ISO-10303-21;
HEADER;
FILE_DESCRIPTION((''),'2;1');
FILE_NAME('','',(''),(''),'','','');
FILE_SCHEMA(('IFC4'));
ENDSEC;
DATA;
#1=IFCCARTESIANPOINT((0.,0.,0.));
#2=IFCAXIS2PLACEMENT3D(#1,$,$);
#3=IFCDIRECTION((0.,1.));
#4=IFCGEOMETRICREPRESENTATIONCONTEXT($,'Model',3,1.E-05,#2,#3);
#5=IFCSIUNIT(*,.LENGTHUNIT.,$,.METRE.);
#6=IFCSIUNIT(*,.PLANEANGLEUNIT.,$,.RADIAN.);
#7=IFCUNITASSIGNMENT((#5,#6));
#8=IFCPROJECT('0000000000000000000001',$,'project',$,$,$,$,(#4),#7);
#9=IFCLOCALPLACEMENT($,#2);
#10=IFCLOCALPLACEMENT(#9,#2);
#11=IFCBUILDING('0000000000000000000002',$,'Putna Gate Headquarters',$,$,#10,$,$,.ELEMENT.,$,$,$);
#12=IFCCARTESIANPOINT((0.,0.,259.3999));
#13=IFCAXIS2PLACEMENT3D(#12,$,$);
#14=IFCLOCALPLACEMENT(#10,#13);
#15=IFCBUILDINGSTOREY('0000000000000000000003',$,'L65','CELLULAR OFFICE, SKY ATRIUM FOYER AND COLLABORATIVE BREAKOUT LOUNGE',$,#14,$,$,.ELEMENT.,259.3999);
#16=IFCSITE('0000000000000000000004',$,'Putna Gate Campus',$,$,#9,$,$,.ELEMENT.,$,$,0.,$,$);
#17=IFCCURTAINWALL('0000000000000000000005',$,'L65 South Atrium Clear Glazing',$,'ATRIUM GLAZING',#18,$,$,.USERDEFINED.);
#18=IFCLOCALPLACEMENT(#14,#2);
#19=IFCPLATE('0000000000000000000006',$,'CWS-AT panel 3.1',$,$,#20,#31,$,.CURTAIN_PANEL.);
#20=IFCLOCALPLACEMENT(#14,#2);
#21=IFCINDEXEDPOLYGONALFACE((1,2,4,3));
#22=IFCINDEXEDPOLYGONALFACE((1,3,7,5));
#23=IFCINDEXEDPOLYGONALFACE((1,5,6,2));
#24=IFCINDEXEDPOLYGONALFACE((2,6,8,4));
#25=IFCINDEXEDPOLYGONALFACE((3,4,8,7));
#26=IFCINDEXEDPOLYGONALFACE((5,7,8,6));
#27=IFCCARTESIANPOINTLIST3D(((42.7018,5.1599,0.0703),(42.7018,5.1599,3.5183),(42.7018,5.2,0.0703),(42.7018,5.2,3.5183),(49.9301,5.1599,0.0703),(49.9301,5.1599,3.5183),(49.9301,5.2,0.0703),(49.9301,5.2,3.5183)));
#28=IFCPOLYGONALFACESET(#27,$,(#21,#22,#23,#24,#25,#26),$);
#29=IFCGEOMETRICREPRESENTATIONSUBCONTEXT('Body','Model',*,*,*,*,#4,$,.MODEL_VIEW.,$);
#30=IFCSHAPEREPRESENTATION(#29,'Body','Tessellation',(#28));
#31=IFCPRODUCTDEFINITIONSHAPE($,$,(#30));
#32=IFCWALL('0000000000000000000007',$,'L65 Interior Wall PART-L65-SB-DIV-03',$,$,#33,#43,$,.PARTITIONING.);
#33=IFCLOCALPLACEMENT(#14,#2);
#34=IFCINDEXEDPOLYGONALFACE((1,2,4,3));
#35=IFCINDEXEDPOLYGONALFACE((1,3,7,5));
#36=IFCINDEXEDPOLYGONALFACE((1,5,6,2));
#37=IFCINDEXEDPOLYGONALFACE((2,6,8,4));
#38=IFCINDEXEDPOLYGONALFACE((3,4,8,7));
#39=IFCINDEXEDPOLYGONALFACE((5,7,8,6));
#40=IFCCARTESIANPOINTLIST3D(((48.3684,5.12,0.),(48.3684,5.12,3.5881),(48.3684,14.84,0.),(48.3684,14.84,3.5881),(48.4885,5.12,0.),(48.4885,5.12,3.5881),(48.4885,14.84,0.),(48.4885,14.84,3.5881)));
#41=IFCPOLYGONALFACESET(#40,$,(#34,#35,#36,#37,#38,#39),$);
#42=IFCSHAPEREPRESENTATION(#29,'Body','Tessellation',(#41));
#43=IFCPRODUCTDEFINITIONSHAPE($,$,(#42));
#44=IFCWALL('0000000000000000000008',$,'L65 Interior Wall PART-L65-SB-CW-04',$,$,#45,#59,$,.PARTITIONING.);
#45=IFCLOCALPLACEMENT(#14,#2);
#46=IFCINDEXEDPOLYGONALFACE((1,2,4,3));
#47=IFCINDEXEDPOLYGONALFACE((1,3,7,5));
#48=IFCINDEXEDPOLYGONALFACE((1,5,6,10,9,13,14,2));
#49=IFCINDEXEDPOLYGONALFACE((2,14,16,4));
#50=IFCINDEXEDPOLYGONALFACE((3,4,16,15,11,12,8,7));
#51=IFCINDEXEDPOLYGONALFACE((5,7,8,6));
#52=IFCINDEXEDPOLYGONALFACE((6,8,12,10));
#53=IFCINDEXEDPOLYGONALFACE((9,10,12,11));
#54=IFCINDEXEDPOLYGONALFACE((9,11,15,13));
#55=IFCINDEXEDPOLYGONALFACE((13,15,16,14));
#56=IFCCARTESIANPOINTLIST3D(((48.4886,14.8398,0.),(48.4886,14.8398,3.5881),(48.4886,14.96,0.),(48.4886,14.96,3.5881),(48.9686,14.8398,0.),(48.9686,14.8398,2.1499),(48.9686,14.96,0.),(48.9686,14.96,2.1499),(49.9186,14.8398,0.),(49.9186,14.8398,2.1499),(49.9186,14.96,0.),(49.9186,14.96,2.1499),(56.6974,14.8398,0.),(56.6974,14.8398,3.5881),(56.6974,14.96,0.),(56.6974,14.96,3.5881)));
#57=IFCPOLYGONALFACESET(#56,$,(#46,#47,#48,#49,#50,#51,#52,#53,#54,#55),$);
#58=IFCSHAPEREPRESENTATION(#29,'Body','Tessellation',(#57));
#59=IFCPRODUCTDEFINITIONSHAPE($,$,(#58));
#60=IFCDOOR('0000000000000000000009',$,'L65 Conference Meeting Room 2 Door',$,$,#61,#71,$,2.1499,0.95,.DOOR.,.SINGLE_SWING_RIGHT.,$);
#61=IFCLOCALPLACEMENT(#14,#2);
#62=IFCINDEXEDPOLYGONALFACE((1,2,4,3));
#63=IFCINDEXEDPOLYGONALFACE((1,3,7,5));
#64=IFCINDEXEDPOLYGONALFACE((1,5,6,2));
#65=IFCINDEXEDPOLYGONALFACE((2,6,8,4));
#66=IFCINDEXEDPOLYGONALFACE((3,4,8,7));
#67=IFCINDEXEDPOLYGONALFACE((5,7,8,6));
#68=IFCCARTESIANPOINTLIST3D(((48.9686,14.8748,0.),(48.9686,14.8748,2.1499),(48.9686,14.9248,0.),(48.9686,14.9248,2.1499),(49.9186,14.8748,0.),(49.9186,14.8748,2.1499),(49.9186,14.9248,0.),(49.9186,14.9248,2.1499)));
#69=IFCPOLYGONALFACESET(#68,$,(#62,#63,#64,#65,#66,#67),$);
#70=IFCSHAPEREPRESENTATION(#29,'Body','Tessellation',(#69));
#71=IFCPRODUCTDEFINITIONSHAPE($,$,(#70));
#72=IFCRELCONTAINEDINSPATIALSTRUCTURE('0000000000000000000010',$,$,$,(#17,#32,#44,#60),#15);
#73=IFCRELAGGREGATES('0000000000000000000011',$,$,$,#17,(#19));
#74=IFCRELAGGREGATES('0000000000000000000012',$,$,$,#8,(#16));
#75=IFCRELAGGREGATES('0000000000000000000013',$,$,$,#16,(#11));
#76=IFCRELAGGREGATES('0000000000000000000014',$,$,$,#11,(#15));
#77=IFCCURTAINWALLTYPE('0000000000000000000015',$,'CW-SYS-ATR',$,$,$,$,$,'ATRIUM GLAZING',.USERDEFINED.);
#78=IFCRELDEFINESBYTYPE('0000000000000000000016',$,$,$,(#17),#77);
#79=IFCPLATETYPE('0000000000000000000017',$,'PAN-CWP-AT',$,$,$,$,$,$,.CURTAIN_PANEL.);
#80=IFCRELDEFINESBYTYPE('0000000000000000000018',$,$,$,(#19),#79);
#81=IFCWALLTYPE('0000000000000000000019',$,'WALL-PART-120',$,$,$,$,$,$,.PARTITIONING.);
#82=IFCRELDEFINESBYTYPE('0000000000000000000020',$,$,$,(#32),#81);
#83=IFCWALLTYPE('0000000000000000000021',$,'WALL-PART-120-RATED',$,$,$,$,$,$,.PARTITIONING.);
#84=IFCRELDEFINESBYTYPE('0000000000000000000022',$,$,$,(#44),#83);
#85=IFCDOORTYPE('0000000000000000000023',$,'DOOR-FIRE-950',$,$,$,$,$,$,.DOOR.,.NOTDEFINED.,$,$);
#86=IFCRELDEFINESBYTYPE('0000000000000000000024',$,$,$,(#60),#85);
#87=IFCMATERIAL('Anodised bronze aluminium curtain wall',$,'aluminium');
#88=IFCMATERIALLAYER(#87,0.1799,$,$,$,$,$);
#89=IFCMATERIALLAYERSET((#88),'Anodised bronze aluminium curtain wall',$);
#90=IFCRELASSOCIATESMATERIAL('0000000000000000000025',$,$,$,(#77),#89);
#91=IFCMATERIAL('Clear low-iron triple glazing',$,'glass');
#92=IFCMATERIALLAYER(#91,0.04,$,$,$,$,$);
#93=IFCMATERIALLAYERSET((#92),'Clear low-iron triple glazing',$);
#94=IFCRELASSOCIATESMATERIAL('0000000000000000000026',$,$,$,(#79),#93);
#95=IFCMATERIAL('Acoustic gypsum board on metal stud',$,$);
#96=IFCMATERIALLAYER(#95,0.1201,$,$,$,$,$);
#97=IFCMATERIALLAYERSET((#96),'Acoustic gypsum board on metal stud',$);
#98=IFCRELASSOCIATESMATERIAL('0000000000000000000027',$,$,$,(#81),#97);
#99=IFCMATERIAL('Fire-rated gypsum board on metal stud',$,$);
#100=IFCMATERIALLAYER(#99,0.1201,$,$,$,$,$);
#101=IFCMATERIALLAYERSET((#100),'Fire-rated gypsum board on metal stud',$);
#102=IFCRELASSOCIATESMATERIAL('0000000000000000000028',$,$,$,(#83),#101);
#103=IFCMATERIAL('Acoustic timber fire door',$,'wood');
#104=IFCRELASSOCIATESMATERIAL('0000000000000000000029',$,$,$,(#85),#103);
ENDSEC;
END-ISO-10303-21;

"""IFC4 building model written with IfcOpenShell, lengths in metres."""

from ifc_helpers import new_model, si_unit, direction, frame, frame_2d, origin, origin_2d, place, context, subcontext, project, spatial, rectangle, extrude, material, layer, layer_set, type_object, element, fill, aggregate, save


model = new_model("IFC4")

# Units and contexts
model_context = context("Model", 3, precision=1e-05, world=origin(), true_north=direction((0.0, 1.0)))
body_context = subcontext(model_context, "Body", "Model", "MODEL_VIEW")
ifc_project = project(units=[si_unit("LENGTHUNIT", "METRE"), si_unit("PLANEANGLEUNIT", "RADIAN")], contexts=[model_context])

# Site, building, storey
site_placement = place(None, origin())
site = spatial("IfcSite", under=ifc_project, at=site_placement, Name="Putna Gate Campus", CompositionType="ELEMENT", RefElevation=0.0)
building_placement = place(site_placement, origin())
building = spatial("IfcBuilding", under=site, at=building_placement, Name="Putna Gate Headquarters", CompositionType="ELEMENT")
storey_placement = place(building_placement, frame((0.0, 0.0, 259.3999)))
storey = spatial("IfcBuildingStorey", under=building, at=storey_placement, Name="L65", Description="CELLULAR OFFICE, SKY ATRIUM FOYER AND COLLABORATIVE BREAKOUT LOUNGE", CompositionType="ELEMENT", Elevation=259.3999)

# Shared definitions
ifc_material_1 = material(Name="Anodised bronze aluminium curtain wall", Category="aluminium")

# Curtain wall
ifc_layer_1 = layer(ifc_material_1, 0.1799)
ifc_layer_set_1 = layer_set([ifc_layer_1], Name="Anodised bronze aluminium curtain wall")
curtain_wall_type_1 = type_object("IfcCurtainWallType", Name="CW-SYS-ATR", ElementType="ATRIUM GLAZING", PredefinedType="USERDEFINED", material=ifc_layer_set_1)
curtain_wall_1_placement = place(storey_placement, origin())
curtain_wall_1 = element("IfcCurtainWall", 1, at=curtain_wall_1_placement, inside=storey, type_object=curtain_wall_type_1, Name="L65 South Atrium Clear Glazing", ObjectType="ATRIUM GLAZING", PredefinedType="USERDEFINED")

# Plate
ifc_material_2 = material(Name="Clear low-iron triple glazing", Category="glass")
ifc_layer_2 = layer(ifc_material_2, 0.04)
ifc_layer_set_2 = layer_set([ifc_layer_2], Name="Clear low-iron triple glazing")
plate_type = type_object("IfcPlateType", Name="PAN-CWP-AT", PredefinedType="CURTAIN_PANEL", material=ifc_layer_set_2)
plate_1_placement = place(storey_placement, frame((46.3159, 5.1799, 0.0703), z_axis=(0.0, 0.0, 1.0), x_axis=(1.0, 0.0, 0.0)))
plate_1 = element("IfcPlate", 2, at=plate_1_placement, type_object=plate_type, Name="CWS-AT panel 3.1", PredefinedType="CURTAIN_PANEL", context=body_context, shape_type="SweptSolid", body=[
    extrude(rectangle(XDim=7.2283, YDim=0.04, at=origin_2d()), origin(), (0.0, 0.0, 1.0), 3.448),
])
aggregate(curtain_wall_1, [plate_1])

# Wall
ifc_material_3 = material(Name="Acoustic gypsum board on metal stud")
ifc_layer_3 = layer(ifc_material_3, 0.1201)
ifc_layer_set_3 = layer_set([ifc_layer_3], Name="Acoustic gypsum board on metal stud")
wall_type_1 = type_object("IfcWallType", Name="WALL-PART-120", PredefinedType="PARTITIONING", material=ifc_layer_set_3)
wall_1_placement = place(storey_placement, frame((48.4285, 5.1201, 0.0), z_axis=(0.0, 0.0, 1.0), x_axis=(0.0, 1.0, 0.0)))
element("IfcWall", 3, at=wall_1_placement, inside=storey, type_object=wall_type_1, Name="L65 Interior Wall PART-L65-SB-DIV-03", PredefinedType="PARTITIONING", context=body_context, shape_type="SweptSolid", body=[
    extrude(rectangle(XDim=9.72, YDim=0.1201, at=frame_2d((4.8599, 0.0))), origin(), (0.0, 0.0, 1.0), 3.5881),
])

# Wall, opening, door
ifc_material_4 = material(Name="Fire-rated gypsum board on metal stud")
ifc_layer_4 = layer(ifc_material_4, 0.1201)
ifc_layer_set_4 = layer_set([ifc_layer_4], Name="Fire-rated gypsum board on metal stud")
wall_type_2 = type_object("IfcWallType", Name="WALL-PART-120-RATED", PredefinedType="PARTITIONING", material=ifc_layer_set_4)
wall_2_placement = place(storey_placement, frame((48.4885, 14.8999, 0.0), z_axis=(0.0, 0.0, 1.0), x_axis=(1.0, 0.0, 0.0)))
wall_2 = element("IfcWall", 4, at=wall_2_placement, inside=storey, type_object=wall_type_2, Name="L65 Interior Wall PART-L65-SB-CW-04", PredefinedType="PARTITIONING", context=body_context, shape_type="SweptSolid", body=[
    extrude(rectangle(XDim=8.2087, YDim=0.1201, at=frame_2d((4.1045, 0.0))), origin(), (0.0, 0.0, 1.0), 3.5881),
])
opening_placement = place(wall_2_placement, frame((0.48, 0.0, 0.0)))
opening = element("IfcOpeningElement", 5, at=opening_placement, cuts=wall_2, PredefinedType="OPENING", context=body_context, shape_type="SweptSolid", body=[
    extrude(rectangle(XDim=0.95, YDim=2.1499, at=frame_2d((0.4751, 1.075))), frame((0.0, 0.0701, 0.0), z_axis=(0.0, -1.0, 0.0), x_axis=(1.0, 0.0, 0.0)), (0.0, 0.0, 1.0), 0.1401),
])
ifc_material_5 = material(Name="Acoustic timber fire door", Category="wood")
door_type = type_object("IfcDoorType", Name="DOOR-FIRE-950", OperationType="NOTDEFINED", PredefinedType="DOOR", material=ifc_material_5)
door_placement = place(opening_placement, origin())
door = element("IfcDoor", 6, at=door_placement, inside=storey, type_object=door_type, Name="L65 Conference Meeting Room 2 Door", OperationType="SINGLE_SWING_RIGHT", OverallHeight=2.1499, OverallWidth=0.95, PredefinedType="DOOR", context=body_context, shape_type="SweptSolid", body=[
    extrude(rectangle(XDim=0.95, YDim=2.1499, at=frame_2d((0.4751, 1.075))), frame((0.0, 0.0249, 0.0), z_axis=(0.0, -1.0, 0.0), x_axis=(1.0, 0.0, 0.0)), (0.0, 0.0, 1.0), 0.05),
])
fill(opening, door)

save(model, "model.ifc")
